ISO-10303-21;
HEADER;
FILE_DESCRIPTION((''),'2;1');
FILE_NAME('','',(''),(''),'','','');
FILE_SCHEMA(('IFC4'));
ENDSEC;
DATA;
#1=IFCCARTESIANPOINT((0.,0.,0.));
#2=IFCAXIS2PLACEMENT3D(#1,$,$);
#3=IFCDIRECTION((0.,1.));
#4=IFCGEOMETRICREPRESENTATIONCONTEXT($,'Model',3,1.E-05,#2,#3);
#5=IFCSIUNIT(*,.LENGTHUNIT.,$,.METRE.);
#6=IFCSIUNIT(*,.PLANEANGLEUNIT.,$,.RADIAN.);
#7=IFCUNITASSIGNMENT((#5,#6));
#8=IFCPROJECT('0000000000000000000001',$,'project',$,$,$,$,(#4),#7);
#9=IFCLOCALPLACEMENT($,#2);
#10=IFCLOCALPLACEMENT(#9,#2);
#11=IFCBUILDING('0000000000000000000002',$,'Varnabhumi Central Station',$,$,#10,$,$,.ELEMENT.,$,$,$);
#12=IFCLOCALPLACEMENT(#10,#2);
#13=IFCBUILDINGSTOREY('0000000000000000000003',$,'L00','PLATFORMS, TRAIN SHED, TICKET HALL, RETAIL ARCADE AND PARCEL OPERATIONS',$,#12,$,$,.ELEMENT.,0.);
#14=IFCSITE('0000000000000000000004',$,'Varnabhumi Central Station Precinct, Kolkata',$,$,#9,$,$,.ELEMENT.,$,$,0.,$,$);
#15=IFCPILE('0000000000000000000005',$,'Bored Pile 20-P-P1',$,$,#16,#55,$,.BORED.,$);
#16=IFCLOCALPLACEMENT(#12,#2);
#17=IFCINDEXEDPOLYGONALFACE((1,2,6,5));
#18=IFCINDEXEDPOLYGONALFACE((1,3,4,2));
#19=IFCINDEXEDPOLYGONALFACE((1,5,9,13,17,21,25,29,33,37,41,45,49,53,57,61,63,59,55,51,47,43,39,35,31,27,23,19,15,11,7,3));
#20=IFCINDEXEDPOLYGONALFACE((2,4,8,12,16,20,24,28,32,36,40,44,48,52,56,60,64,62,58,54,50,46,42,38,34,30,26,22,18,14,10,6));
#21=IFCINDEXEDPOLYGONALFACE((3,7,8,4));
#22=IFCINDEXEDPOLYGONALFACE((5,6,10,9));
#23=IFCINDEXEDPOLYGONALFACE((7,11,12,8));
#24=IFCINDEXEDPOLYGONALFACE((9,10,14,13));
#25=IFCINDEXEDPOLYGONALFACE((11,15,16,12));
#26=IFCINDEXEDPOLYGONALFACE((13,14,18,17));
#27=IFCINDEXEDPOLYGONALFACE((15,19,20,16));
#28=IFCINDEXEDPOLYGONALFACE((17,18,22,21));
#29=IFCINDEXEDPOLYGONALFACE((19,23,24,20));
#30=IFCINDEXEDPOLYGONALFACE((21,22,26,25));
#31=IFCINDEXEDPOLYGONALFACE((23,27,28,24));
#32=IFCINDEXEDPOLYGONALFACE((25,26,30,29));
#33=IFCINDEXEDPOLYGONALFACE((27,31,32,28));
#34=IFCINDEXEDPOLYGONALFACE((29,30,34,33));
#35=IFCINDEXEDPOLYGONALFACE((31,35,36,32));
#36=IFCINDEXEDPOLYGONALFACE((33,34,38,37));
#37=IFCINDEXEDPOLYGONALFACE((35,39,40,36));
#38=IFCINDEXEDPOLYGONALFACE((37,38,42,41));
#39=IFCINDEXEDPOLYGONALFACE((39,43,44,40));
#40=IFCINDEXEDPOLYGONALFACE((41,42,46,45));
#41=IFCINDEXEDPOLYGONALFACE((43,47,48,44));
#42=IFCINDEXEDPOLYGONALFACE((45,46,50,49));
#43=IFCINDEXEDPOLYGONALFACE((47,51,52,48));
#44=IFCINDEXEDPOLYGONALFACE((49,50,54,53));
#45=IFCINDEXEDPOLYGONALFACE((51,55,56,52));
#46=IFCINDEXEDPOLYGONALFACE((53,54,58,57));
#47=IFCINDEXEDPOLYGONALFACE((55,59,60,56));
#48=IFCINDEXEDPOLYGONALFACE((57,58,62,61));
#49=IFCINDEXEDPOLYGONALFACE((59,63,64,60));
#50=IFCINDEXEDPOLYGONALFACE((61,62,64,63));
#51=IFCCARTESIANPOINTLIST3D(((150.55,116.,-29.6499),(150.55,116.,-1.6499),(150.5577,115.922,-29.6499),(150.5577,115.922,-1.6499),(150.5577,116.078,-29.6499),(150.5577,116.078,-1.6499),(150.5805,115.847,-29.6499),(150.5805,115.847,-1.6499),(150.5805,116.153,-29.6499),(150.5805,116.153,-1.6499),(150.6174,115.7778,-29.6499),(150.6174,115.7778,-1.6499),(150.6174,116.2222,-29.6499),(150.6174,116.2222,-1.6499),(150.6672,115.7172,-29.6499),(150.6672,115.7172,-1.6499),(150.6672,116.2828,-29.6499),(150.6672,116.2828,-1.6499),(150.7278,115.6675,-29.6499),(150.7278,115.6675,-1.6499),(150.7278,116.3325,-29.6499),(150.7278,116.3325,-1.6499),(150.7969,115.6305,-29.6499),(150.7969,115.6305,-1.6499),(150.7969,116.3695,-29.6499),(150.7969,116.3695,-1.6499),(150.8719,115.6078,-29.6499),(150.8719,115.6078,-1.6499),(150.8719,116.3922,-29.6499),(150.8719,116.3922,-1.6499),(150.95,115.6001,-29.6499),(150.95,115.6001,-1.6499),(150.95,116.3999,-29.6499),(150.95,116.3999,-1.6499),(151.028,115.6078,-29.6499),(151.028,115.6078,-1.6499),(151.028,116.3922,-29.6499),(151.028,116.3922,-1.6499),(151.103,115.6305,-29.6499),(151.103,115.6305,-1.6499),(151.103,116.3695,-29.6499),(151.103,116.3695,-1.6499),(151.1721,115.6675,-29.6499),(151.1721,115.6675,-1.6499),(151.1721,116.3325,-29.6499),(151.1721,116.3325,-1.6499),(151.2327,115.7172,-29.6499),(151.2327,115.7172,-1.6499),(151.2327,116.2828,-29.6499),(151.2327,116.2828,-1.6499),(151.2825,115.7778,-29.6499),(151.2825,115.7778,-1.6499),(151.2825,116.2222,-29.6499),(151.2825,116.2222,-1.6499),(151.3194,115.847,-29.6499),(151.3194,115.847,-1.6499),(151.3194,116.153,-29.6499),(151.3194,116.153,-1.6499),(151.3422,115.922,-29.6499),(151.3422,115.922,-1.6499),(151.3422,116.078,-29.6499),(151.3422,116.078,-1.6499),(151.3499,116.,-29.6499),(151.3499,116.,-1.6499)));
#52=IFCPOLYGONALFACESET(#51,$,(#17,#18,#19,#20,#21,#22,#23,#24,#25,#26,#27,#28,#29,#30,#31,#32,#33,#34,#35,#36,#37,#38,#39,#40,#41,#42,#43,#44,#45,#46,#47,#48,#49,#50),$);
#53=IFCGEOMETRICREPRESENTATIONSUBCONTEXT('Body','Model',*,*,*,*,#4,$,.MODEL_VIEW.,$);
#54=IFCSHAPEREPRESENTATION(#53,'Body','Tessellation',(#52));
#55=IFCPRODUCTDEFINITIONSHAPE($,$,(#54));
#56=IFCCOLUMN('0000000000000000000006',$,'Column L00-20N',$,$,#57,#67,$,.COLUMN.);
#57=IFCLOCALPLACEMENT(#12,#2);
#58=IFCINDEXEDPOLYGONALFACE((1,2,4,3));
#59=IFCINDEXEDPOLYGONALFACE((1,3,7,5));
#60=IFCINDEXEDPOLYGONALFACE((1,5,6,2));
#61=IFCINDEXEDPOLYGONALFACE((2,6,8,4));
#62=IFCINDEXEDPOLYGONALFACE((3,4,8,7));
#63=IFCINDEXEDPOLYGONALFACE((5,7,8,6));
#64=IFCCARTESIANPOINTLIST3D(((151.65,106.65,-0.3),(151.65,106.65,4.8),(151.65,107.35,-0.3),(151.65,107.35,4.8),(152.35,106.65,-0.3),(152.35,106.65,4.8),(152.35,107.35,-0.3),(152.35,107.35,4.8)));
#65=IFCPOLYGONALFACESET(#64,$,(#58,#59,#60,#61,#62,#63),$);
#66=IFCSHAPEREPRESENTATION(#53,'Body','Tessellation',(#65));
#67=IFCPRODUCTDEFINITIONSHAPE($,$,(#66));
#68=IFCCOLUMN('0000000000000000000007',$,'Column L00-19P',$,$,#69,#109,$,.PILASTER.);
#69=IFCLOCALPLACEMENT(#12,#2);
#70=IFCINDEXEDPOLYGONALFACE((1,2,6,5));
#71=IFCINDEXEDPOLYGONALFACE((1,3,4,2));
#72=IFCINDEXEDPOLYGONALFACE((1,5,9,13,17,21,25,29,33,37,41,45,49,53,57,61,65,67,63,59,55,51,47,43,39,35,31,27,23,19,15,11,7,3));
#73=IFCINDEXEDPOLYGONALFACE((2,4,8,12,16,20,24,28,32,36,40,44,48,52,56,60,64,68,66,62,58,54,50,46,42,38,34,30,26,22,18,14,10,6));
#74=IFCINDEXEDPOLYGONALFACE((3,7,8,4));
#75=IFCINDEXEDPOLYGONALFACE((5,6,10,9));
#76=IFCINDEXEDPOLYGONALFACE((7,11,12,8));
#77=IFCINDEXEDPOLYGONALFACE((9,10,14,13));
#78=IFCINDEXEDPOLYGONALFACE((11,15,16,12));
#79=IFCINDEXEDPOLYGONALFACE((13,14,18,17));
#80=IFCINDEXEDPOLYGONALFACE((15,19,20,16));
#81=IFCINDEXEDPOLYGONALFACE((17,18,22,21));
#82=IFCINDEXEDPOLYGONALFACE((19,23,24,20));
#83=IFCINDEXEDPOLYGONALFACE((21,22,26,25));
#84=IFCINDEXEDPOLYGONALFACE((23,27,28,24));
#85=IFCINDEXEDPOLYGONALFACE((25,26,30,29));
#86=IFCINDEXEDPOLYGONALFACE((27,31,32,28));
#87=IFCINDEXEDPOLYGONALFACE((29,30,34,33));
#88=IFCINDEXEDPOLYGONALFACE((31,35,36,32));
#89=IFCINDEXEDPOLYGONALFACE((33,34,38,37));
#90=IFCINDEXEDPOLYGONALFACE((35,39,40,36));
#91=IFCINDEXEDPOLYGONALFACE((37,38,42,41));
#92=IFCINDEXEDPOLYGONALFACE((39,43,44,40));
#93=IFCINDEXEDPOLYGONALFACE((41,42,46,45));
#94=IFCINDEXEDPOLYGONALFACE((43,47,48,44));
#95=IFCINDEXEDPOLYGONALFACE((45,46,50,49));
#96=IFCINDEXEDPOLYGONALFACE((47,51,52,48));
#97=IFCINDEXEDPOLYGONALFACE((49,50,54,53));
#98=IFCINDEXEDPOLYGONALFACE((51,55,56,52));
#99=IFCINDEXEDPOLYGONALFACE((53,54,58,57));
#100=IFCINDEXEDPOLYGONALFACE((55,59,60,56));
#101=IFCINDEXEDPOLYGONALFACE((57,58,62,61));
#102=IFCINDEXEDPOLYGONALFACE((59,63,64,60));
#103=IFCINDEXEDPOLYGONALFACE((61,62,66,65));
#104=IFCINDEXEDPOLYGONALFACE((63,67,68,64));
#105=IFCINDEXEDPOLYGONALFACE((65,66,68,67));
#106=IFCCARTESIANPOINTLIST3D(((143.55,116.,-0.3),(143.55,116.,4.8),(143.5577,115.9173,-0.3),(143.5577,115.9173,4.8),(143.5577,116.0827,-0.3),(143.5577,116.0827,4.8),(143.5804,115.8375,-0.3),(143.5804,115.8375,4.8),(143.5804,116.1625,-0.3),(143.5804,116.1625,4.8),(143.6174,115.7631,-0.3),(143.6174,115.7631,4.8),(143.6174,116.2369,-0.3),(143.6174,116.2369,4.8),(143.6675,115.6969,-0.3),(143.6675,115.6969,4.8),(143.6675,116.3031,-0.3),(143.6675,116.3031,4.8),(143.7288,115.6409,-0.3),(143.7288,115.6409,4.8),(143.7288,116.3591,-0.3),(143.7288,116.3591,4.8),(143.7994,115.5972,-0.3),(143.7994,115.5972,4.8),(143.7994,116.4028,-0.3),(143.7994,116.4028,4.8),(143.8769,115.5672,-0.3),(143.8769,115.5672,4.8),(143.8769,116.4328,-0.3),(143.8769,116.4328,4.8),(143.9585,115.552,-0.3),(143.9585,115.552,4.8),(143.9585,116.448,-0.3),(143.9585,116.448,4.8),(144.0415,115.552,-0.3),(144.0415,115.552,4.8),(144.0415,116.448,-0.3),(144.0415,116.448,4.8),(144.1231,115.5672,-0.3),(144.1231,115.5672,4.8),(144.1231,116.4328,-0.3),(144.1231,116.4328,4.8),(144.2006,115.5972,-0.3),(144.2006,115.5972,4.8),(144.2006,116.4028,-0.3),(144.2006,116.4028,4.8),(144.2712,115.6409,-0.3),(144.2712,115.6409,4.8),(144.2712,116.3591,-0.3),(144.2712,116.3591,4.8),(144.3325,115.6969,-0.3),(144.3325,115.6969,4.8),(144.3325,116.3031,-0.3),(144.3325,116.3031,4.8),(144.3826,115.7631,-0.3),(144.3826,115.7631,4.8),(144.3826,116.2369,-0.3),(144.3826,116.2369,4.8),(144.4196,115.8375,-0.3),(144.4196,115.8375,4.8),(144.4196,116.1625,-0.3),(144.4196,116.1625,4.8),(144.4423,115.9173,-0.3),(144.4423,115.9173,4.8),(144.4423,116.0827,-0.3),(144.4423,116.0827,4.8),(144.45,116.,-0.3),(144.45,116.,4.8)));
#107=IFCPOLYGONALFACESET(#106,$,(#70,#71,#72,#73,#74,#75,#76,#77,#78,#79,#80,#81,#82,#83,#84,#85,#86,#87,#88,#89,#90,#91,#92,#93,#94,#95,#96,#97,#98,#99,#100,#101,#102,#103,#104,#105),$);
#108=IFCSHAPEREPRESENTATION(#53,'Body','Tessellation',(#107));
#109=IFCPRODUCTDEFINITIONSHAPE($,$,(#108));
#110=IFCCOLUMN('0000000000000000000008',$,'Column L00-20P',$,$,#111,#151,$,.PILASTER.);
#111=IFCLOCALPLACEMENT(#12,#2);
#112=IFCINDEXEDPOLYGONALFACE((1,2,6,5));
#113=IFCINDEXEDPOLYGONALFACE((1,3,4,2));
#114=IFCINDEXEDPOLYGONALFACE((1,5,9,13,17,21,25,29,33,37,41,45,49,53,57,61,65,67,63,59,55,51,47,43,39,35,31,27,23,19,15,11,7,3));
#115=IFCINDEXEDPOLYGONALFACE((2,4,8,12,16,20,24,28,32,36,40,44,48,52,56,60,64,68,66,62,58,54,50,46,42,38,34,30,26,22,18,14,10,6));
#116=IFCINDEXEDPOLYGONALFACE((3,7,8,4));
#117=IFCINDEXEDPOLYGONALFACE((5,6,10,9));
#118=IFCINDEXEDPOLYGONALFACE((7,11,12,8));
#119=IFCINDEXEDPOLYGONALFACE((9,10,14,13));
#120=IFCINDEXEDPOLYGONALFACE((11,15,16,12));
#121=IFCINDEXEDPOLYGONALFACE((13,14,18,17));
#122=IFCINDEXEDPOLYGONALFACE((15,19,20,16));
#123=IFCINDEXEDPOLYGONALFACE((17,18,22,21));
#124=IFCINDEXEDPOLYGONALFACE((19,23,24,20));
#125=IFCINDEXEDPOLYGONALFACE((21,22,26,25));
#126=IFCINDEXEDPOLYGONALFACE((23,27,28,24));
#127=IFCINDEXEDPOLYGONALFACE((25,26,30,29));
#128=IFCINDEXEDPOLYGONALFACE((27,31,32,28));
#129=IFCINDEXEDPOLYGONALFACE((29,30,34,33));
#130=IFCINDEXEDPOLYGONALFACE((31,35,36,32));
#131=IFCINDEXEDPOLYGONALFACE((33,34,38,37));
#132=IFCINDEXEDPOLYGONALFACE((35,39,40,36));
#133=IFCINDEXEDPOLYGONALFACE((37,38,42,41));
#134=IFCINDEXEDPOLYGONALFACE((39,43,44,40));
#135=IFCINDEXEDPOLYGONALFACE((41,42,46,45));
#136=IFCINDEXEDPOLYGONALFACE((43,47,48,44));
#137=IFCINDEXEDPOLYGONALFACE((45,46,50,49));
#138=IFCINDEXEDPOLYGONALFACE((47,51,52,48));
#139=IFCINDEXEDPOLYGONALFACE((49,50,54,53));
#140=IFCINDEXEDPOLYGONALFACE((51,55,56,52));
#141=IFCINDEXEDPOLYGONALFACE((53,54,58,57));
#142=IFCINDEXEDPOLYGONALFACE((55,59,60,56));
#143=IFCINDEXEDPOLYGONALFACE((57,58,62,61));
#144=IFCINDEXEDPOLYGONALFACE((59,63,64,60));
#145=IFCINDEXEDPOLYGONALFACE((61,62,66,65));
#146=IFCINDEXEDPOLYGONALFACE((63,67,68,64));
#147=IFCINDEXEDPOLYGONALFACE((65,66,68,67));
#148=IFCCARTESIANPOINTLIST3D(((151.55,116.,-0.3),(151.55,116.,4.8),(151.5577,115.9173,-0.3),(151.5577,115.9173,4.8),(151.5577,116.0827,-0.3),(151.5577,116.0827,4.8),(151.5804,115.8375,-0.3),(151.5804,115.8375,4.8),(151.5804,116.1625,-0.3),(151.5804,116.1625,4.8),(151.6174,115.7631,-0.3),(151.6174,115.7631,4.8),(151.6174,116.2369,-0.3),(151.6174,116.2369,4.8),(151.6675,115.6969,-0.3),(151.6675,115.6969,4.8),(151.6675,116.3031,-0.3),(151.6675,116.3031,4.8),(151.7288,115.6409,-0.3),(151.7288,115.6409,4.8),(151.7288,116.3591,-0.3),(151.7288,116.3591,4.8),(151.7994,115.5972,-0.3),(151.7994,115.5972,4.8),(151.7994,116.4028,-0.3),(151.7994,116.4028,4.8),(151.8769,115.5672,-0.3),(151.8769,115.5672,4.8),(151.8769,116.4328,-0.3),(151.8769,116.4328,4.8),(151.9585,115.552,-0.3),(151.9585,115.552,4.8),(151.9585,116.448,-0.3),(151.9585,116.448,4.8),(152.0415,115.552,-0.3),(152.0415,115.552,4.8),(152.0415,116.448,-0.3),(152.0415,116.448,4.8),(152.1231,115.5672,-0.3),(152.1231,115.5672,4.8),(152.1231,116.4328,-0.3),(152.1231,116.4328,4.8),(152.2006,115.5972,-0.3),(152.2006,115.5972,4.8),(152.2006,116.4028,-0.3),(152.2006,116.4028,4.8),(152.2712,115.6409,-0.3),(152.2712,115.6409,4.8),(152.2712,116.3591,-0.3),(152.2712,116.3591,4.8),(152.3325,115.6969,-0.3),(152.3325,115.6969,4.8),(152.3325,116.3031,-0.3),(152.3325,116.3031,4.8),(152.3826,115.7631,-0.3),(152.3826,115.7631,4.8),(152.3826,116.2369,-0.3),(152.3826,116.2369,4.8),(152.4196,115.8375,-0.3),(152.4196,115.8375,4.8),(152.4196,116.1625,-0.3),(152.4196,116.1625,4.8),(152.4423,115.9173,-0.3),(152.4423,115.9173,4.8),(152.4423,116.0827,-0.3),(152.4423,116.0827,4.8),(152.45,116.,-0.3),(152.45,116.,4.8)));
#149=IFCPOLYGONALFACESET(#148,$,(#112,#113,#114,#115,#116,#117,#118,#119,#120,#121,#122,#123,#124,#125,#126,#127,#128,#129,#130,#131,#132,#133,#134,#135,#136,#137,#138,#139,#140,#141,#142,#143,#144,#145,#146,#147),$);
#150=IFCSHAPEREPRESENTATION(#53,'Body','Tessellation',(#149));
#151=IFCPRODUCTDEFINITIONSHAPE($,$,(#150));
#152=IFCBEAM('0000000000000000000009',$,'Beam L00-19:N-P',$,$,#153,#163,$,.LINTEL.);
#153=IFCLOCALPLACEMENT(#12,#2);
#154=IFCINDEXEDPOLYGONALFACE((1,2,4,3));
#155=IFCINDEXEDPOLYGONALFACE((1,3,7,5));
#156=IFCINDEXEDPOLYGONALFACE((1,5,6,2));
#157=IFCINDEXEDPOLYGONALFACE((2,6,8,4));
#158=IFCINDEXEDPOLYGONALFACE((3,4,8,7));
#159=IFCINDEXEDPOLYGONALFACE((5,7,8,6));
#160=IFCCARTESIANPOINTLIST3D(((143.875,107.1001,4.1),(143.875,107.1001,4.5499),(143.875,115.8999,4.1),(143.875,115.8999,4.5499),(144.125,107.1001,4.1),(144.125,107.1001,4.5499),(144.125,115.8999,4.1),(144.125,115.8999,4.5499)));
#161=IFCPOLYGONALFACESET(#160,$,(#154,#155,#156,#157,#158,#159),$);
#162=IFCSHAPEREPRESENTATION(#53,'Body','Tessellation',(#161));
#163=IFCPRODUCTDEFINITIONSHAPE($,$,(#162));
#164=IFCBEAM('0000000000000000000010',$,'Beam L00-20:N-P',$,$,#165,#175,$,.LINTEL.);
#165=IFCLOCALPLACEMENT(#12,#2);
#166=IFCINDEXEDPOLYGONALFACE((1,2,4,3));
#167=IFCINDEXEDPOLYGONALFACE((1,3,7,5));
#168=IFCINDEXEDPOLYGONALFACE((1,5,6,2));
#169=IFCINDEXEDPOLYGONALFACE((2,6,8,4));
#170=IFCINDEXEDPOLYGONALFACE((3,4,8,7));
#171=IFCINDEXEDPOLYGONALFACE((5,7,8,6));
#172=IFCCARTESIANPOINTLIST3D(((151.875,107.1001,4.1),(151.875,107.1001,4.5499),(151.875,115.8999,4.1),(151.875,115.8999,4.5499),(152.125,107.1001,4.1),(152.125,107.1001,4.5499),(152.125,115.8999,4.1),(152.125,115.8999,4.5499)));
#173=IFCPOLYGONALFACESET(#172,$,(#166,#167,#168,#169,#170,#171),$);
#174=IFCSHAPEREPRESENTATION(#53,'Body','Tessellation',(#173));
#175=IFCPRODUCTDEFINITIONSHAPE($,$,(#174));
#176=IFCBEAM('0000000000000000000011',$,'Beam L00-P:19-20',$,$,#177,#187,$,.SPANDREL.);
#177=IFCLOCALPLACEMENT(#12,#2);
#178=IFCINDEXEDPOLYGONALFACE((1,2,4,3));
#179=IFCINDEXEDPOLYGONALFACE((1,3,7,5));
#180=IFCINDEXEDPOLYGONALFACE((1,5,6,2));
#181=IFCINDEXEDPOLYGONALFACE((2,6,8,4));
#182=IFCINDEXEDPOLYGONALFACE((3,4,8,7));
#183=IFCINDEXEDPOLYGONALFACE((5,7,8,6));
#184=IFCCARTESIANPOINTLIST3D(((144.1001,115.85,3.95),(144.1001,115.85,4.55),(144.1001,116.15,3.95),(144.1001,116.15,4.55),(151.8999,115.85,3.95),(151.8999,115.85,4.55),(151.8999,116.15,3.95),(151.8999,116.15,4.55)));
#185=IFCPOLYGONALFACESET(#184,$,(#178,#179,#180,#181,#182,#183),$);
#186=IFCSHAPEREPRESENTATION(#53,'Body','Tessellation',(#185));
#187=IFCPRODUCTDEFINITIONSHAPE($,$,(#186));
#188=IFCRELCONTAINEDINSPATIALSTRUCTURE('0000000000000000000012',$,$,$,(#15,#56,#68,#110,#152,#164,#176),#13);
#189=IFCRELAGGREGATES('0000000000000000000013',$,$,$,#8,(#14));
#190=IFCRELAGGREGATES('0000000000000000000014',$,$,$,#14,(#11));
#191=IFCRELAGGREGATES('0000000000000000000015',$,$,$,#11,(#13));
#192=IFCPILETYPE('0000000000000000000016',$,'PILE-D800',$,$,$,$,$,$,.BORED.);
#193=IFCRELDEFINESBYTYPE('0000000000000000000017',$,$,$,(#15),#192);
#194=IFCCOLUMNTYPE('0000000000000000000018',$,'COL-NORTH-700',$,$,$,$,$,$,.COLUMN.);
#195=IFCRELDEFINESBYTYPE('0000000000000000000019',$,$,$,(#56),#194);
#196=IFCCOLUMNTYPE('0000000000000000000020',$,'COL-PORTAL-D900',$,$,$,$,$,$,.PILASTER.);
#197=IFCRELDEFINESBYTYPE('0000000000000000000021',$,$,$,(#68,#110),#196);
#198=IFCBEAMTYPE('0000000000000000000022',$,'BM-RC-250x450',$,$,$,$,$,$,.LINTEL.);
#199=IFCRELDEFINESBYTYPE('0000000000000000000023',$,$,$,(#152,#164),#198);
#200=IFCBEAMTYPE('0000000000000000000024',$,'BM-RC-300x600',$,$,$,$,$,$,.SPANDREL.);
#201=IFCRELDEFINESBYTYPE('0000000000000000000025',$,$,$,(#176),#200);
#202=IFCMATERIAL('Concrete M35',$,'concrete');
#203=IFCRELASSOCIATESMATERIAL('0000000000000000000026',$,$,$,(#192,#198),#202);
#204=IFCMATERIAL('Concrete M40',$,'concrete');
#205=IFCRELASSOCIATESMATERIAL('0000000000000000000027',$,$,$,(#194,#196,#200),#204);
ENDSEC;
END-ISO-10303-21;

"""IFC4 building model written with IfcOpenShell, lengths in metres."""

from ifc_helpers import new_model, si_unit, direction, frame, origin, origin_2d, place, context, subcontext, project, spatial, rectangle, circle, extrude, material, material_profile, profile_set, type_object, element, save


model = new_model("IFC4")

# Units and contexts
model_context = context("Model", 3, precision=1e-05, world=origin(), true_north=direction((0.0, 1.0)))
body_context = subcontext(model_context, "Body", "Model", "MODEL_VIEW")
ifc_project = project(units=[si_unit("LENGTHUNIT", "METRE"), si_unit("PLANEANGLEUNIT", "RADIAN")], contexts=[model_context])

# Site, building, storey
site_placement = place(None, origin())
site = spatial("IfcSite", under=ifc_project, at=site_placement, Name="Varnabhumi Central Station Precinct, Kolkata", CompositionType="ELEMENT", RefElevation=0.0)
building_placement = place(site_placement, origin())
building = spatial("IfcBuilding", under=site, at=building_placement, Name="Varnabhumi Central Station", CompositionType="ELEMENT")
storey_placement = place(building_placement, origin())
storey = spatial("IfcBuildingStorey", under=building, at=storey_placement, Name="L00", Description="PLATFORMS, TRAIN SHED, TICKET HALL, RETAIL ARCADE AND PARCEL OPERATIONS", CompositionType="ELEMENT", Elevation=0.0)

# Shared definitions
ifc_material_1 = material(Name="Concrete M40", Category="concrete")

# Pile
ifc_material_2 = material(Name="Concrete M35", Category="concrete")
ifc_material_profile_1 = material_profile(ifc_material_2, circle(Radius=0.3999, at=origin_2d()), Name="Concrete M35", Category="concrete")
ifc_profile_set_1 = profile_set([ifc_material_profile_1], Name="Concrete M35")
pile_type_1 = type_object("IfcPileType", Name="PILE-D800", PredefinedType="BORED", material=ifc_profile_set_1)
for number, where, z_axis, x_axis, name in (
    (1, (150.95, 116.0, -1.6499), (0.0, 0.0, -1.0), (1.0, 0.0, 0.0), "Bored Pile 20-P-P1"),
):
    element("IfcPile", number, at=place(storey_placement, frame(where, z_axis=z_axis, x_axis=x_axis)), inside=storey, type_object=pile_type_1, Name=name, PredefinedType="BORED", context=body_context, shape_type="SweptSolid", body=[
        extrude(circle(Radius=0.3999, at=origin_2d()), origin(), (0.0, 0.0, 1.0), 28.0),
    ])

# Columns
ifc_material_profile_2 = material_profile(ifc_material_1, rectangle(XDim=0.7, YDim=0.7, at=origin_2d()), Name="Concrete M40", Category="concrete")
ifc_profile_set_2 = profile_set([ifc_material_profile_2], Name="Concrete M40")
column_type_1 = type_object("IfcColumnType", Name="COL-NORTH-700", PredefinedType="COLUMN", material=ifc_profile_set_2)
column_placement = place(storey_placement, frame((152.0, 107.0, -0.3), z_axis=(0.0, 0.0, 1.0), x_axis=(1.0, 0.0, 0.0)))
element("IfcColumn", 2, at=column_placement, inside=storey, type_object=column_type_1, Name="Column L00-20N", PredefinedType="COLUMN", context=body_context, shape_type="SweptSolid", body=[
    extrude(rectangle(XDim=0.7, YDim=0.7, at=origin_2d()), origin(), (0.0, 0.0, 1.0), 5.1001),
])
ifc_material_profile_3 = material_profile(ifc_material_1, circle(Radius=0.45, at=origin_2d()), Name="Concrete M40", Category="concrete")
ifc_profile_set_3 = profile_set([ifc_material_profile_3], Name="Concrete M40")
column_type_2 = type_object("IfcColumnType", Name="COL-PORTAL-D900", PredefinedType="PILASTER", material=ifc_profile_set_3)
for number, where, z_axis, x_axis, name in (
    (3, (144.0, 116.0, -0.3), (0.0, 0.0, 1.0), (1.0, 0.0, 0.0), "Column L00-19P"),
    (4, (152.0, 116.0, -0.3), (0.0, 0.0, 1.0), (1.0, 0.0, 0.0), "Column L00-20P"),
):
    element("IfcColumn", number, at=place(storey_placement, frame(where, z_axis=z_axis, x_axis=x_axis)), inside=storey, type_object=column_type_2, Name=name, PredefinedType="PILASTER", context=body_context, shape_type="SweptSolid", body=[
        extrude(circle(Radius=0.45, at=origin_2d()), origin(), (0.0, 0.0, 1.0), 5.1001),
    ])

# Beams
ifc_material_profile_4 = material_profile(ifc_material_2, rectangle(XDim=0.25, YDim=0.45, at=origin_2d()), Name="Concrete M35", Category="concrete")
ifc_profile_set_4 = profile_set([ifc_material_profile_4], Name="Concrete M35")
beam_type_1 = type_object("IfcBeamType", Name="BM-RC-250x450", PredefinedType="LINTEL", material=ifc_profile_set_4)
for number, where, z_axis, x_axis, name in (
    (5, (144.0, 107.1001, 4.325), (0.0, 1.0, 0.0), (-1.0, 0.0, 0.0), "Beam L00-19:N-P"),
    (6, (152.0, 107.1001, 4.325), (0.0, 1.0, 0.0), (-1.0, 0.0, 0.0), "Beam L00-20:N-P"),
):
    element("IfcBeam", number, at=place(storey_placement, frame(where, z_axis=z_axis, x_axis=x_axis)), inside=storey, type_object=beam_type_1, Name=name, PredefinedType="LINTEL", context=body_context, shape_type="SweptSolid", body=[
        extrude(rectangle(XDim=0.25, YDim=0.45, at=origin_2d()), origin(), (0.0, 0.0, 1.0), 8.7998),
    ])
ifc_material_profile_5 = material_profile(ifc_material_1, rectangle(XDim=0.3, YDim=0.6001, at=origin_2d()), Name="Concrete M40", Category="concrete")
ifc_profile_set_5 = profile_set([ifc_material_profile_5], Name="Concrete M40")
beam_type_2 = type_object("IfcBeamType", Name="BM-RC-300x600", PredefinedType="SPANDREL", material=ifc_profile_set_5)
beam_1_placement = place(storey_placement, frame((144.1001, 116.0, 4.25), z_axis=(1.0, 0.0, 0.0), x_axis=(0.0, 1.0, 0.0)))
element("IfcBeam", 7, at=beam_1_placement, inside=storey, type_object=beam_type_2, Name="Beam L00-P:19-20", PredefinedType="SPANDREL", context=body_context, shape_type="SweptSolid", body=[
    extrude(rectangle(XDim=0.3, YDim=0.6001, at=origin_2d()), origin(), (0.0, 0.0, 1.0), 7.7998),
])

save(model, "model.ifc")
